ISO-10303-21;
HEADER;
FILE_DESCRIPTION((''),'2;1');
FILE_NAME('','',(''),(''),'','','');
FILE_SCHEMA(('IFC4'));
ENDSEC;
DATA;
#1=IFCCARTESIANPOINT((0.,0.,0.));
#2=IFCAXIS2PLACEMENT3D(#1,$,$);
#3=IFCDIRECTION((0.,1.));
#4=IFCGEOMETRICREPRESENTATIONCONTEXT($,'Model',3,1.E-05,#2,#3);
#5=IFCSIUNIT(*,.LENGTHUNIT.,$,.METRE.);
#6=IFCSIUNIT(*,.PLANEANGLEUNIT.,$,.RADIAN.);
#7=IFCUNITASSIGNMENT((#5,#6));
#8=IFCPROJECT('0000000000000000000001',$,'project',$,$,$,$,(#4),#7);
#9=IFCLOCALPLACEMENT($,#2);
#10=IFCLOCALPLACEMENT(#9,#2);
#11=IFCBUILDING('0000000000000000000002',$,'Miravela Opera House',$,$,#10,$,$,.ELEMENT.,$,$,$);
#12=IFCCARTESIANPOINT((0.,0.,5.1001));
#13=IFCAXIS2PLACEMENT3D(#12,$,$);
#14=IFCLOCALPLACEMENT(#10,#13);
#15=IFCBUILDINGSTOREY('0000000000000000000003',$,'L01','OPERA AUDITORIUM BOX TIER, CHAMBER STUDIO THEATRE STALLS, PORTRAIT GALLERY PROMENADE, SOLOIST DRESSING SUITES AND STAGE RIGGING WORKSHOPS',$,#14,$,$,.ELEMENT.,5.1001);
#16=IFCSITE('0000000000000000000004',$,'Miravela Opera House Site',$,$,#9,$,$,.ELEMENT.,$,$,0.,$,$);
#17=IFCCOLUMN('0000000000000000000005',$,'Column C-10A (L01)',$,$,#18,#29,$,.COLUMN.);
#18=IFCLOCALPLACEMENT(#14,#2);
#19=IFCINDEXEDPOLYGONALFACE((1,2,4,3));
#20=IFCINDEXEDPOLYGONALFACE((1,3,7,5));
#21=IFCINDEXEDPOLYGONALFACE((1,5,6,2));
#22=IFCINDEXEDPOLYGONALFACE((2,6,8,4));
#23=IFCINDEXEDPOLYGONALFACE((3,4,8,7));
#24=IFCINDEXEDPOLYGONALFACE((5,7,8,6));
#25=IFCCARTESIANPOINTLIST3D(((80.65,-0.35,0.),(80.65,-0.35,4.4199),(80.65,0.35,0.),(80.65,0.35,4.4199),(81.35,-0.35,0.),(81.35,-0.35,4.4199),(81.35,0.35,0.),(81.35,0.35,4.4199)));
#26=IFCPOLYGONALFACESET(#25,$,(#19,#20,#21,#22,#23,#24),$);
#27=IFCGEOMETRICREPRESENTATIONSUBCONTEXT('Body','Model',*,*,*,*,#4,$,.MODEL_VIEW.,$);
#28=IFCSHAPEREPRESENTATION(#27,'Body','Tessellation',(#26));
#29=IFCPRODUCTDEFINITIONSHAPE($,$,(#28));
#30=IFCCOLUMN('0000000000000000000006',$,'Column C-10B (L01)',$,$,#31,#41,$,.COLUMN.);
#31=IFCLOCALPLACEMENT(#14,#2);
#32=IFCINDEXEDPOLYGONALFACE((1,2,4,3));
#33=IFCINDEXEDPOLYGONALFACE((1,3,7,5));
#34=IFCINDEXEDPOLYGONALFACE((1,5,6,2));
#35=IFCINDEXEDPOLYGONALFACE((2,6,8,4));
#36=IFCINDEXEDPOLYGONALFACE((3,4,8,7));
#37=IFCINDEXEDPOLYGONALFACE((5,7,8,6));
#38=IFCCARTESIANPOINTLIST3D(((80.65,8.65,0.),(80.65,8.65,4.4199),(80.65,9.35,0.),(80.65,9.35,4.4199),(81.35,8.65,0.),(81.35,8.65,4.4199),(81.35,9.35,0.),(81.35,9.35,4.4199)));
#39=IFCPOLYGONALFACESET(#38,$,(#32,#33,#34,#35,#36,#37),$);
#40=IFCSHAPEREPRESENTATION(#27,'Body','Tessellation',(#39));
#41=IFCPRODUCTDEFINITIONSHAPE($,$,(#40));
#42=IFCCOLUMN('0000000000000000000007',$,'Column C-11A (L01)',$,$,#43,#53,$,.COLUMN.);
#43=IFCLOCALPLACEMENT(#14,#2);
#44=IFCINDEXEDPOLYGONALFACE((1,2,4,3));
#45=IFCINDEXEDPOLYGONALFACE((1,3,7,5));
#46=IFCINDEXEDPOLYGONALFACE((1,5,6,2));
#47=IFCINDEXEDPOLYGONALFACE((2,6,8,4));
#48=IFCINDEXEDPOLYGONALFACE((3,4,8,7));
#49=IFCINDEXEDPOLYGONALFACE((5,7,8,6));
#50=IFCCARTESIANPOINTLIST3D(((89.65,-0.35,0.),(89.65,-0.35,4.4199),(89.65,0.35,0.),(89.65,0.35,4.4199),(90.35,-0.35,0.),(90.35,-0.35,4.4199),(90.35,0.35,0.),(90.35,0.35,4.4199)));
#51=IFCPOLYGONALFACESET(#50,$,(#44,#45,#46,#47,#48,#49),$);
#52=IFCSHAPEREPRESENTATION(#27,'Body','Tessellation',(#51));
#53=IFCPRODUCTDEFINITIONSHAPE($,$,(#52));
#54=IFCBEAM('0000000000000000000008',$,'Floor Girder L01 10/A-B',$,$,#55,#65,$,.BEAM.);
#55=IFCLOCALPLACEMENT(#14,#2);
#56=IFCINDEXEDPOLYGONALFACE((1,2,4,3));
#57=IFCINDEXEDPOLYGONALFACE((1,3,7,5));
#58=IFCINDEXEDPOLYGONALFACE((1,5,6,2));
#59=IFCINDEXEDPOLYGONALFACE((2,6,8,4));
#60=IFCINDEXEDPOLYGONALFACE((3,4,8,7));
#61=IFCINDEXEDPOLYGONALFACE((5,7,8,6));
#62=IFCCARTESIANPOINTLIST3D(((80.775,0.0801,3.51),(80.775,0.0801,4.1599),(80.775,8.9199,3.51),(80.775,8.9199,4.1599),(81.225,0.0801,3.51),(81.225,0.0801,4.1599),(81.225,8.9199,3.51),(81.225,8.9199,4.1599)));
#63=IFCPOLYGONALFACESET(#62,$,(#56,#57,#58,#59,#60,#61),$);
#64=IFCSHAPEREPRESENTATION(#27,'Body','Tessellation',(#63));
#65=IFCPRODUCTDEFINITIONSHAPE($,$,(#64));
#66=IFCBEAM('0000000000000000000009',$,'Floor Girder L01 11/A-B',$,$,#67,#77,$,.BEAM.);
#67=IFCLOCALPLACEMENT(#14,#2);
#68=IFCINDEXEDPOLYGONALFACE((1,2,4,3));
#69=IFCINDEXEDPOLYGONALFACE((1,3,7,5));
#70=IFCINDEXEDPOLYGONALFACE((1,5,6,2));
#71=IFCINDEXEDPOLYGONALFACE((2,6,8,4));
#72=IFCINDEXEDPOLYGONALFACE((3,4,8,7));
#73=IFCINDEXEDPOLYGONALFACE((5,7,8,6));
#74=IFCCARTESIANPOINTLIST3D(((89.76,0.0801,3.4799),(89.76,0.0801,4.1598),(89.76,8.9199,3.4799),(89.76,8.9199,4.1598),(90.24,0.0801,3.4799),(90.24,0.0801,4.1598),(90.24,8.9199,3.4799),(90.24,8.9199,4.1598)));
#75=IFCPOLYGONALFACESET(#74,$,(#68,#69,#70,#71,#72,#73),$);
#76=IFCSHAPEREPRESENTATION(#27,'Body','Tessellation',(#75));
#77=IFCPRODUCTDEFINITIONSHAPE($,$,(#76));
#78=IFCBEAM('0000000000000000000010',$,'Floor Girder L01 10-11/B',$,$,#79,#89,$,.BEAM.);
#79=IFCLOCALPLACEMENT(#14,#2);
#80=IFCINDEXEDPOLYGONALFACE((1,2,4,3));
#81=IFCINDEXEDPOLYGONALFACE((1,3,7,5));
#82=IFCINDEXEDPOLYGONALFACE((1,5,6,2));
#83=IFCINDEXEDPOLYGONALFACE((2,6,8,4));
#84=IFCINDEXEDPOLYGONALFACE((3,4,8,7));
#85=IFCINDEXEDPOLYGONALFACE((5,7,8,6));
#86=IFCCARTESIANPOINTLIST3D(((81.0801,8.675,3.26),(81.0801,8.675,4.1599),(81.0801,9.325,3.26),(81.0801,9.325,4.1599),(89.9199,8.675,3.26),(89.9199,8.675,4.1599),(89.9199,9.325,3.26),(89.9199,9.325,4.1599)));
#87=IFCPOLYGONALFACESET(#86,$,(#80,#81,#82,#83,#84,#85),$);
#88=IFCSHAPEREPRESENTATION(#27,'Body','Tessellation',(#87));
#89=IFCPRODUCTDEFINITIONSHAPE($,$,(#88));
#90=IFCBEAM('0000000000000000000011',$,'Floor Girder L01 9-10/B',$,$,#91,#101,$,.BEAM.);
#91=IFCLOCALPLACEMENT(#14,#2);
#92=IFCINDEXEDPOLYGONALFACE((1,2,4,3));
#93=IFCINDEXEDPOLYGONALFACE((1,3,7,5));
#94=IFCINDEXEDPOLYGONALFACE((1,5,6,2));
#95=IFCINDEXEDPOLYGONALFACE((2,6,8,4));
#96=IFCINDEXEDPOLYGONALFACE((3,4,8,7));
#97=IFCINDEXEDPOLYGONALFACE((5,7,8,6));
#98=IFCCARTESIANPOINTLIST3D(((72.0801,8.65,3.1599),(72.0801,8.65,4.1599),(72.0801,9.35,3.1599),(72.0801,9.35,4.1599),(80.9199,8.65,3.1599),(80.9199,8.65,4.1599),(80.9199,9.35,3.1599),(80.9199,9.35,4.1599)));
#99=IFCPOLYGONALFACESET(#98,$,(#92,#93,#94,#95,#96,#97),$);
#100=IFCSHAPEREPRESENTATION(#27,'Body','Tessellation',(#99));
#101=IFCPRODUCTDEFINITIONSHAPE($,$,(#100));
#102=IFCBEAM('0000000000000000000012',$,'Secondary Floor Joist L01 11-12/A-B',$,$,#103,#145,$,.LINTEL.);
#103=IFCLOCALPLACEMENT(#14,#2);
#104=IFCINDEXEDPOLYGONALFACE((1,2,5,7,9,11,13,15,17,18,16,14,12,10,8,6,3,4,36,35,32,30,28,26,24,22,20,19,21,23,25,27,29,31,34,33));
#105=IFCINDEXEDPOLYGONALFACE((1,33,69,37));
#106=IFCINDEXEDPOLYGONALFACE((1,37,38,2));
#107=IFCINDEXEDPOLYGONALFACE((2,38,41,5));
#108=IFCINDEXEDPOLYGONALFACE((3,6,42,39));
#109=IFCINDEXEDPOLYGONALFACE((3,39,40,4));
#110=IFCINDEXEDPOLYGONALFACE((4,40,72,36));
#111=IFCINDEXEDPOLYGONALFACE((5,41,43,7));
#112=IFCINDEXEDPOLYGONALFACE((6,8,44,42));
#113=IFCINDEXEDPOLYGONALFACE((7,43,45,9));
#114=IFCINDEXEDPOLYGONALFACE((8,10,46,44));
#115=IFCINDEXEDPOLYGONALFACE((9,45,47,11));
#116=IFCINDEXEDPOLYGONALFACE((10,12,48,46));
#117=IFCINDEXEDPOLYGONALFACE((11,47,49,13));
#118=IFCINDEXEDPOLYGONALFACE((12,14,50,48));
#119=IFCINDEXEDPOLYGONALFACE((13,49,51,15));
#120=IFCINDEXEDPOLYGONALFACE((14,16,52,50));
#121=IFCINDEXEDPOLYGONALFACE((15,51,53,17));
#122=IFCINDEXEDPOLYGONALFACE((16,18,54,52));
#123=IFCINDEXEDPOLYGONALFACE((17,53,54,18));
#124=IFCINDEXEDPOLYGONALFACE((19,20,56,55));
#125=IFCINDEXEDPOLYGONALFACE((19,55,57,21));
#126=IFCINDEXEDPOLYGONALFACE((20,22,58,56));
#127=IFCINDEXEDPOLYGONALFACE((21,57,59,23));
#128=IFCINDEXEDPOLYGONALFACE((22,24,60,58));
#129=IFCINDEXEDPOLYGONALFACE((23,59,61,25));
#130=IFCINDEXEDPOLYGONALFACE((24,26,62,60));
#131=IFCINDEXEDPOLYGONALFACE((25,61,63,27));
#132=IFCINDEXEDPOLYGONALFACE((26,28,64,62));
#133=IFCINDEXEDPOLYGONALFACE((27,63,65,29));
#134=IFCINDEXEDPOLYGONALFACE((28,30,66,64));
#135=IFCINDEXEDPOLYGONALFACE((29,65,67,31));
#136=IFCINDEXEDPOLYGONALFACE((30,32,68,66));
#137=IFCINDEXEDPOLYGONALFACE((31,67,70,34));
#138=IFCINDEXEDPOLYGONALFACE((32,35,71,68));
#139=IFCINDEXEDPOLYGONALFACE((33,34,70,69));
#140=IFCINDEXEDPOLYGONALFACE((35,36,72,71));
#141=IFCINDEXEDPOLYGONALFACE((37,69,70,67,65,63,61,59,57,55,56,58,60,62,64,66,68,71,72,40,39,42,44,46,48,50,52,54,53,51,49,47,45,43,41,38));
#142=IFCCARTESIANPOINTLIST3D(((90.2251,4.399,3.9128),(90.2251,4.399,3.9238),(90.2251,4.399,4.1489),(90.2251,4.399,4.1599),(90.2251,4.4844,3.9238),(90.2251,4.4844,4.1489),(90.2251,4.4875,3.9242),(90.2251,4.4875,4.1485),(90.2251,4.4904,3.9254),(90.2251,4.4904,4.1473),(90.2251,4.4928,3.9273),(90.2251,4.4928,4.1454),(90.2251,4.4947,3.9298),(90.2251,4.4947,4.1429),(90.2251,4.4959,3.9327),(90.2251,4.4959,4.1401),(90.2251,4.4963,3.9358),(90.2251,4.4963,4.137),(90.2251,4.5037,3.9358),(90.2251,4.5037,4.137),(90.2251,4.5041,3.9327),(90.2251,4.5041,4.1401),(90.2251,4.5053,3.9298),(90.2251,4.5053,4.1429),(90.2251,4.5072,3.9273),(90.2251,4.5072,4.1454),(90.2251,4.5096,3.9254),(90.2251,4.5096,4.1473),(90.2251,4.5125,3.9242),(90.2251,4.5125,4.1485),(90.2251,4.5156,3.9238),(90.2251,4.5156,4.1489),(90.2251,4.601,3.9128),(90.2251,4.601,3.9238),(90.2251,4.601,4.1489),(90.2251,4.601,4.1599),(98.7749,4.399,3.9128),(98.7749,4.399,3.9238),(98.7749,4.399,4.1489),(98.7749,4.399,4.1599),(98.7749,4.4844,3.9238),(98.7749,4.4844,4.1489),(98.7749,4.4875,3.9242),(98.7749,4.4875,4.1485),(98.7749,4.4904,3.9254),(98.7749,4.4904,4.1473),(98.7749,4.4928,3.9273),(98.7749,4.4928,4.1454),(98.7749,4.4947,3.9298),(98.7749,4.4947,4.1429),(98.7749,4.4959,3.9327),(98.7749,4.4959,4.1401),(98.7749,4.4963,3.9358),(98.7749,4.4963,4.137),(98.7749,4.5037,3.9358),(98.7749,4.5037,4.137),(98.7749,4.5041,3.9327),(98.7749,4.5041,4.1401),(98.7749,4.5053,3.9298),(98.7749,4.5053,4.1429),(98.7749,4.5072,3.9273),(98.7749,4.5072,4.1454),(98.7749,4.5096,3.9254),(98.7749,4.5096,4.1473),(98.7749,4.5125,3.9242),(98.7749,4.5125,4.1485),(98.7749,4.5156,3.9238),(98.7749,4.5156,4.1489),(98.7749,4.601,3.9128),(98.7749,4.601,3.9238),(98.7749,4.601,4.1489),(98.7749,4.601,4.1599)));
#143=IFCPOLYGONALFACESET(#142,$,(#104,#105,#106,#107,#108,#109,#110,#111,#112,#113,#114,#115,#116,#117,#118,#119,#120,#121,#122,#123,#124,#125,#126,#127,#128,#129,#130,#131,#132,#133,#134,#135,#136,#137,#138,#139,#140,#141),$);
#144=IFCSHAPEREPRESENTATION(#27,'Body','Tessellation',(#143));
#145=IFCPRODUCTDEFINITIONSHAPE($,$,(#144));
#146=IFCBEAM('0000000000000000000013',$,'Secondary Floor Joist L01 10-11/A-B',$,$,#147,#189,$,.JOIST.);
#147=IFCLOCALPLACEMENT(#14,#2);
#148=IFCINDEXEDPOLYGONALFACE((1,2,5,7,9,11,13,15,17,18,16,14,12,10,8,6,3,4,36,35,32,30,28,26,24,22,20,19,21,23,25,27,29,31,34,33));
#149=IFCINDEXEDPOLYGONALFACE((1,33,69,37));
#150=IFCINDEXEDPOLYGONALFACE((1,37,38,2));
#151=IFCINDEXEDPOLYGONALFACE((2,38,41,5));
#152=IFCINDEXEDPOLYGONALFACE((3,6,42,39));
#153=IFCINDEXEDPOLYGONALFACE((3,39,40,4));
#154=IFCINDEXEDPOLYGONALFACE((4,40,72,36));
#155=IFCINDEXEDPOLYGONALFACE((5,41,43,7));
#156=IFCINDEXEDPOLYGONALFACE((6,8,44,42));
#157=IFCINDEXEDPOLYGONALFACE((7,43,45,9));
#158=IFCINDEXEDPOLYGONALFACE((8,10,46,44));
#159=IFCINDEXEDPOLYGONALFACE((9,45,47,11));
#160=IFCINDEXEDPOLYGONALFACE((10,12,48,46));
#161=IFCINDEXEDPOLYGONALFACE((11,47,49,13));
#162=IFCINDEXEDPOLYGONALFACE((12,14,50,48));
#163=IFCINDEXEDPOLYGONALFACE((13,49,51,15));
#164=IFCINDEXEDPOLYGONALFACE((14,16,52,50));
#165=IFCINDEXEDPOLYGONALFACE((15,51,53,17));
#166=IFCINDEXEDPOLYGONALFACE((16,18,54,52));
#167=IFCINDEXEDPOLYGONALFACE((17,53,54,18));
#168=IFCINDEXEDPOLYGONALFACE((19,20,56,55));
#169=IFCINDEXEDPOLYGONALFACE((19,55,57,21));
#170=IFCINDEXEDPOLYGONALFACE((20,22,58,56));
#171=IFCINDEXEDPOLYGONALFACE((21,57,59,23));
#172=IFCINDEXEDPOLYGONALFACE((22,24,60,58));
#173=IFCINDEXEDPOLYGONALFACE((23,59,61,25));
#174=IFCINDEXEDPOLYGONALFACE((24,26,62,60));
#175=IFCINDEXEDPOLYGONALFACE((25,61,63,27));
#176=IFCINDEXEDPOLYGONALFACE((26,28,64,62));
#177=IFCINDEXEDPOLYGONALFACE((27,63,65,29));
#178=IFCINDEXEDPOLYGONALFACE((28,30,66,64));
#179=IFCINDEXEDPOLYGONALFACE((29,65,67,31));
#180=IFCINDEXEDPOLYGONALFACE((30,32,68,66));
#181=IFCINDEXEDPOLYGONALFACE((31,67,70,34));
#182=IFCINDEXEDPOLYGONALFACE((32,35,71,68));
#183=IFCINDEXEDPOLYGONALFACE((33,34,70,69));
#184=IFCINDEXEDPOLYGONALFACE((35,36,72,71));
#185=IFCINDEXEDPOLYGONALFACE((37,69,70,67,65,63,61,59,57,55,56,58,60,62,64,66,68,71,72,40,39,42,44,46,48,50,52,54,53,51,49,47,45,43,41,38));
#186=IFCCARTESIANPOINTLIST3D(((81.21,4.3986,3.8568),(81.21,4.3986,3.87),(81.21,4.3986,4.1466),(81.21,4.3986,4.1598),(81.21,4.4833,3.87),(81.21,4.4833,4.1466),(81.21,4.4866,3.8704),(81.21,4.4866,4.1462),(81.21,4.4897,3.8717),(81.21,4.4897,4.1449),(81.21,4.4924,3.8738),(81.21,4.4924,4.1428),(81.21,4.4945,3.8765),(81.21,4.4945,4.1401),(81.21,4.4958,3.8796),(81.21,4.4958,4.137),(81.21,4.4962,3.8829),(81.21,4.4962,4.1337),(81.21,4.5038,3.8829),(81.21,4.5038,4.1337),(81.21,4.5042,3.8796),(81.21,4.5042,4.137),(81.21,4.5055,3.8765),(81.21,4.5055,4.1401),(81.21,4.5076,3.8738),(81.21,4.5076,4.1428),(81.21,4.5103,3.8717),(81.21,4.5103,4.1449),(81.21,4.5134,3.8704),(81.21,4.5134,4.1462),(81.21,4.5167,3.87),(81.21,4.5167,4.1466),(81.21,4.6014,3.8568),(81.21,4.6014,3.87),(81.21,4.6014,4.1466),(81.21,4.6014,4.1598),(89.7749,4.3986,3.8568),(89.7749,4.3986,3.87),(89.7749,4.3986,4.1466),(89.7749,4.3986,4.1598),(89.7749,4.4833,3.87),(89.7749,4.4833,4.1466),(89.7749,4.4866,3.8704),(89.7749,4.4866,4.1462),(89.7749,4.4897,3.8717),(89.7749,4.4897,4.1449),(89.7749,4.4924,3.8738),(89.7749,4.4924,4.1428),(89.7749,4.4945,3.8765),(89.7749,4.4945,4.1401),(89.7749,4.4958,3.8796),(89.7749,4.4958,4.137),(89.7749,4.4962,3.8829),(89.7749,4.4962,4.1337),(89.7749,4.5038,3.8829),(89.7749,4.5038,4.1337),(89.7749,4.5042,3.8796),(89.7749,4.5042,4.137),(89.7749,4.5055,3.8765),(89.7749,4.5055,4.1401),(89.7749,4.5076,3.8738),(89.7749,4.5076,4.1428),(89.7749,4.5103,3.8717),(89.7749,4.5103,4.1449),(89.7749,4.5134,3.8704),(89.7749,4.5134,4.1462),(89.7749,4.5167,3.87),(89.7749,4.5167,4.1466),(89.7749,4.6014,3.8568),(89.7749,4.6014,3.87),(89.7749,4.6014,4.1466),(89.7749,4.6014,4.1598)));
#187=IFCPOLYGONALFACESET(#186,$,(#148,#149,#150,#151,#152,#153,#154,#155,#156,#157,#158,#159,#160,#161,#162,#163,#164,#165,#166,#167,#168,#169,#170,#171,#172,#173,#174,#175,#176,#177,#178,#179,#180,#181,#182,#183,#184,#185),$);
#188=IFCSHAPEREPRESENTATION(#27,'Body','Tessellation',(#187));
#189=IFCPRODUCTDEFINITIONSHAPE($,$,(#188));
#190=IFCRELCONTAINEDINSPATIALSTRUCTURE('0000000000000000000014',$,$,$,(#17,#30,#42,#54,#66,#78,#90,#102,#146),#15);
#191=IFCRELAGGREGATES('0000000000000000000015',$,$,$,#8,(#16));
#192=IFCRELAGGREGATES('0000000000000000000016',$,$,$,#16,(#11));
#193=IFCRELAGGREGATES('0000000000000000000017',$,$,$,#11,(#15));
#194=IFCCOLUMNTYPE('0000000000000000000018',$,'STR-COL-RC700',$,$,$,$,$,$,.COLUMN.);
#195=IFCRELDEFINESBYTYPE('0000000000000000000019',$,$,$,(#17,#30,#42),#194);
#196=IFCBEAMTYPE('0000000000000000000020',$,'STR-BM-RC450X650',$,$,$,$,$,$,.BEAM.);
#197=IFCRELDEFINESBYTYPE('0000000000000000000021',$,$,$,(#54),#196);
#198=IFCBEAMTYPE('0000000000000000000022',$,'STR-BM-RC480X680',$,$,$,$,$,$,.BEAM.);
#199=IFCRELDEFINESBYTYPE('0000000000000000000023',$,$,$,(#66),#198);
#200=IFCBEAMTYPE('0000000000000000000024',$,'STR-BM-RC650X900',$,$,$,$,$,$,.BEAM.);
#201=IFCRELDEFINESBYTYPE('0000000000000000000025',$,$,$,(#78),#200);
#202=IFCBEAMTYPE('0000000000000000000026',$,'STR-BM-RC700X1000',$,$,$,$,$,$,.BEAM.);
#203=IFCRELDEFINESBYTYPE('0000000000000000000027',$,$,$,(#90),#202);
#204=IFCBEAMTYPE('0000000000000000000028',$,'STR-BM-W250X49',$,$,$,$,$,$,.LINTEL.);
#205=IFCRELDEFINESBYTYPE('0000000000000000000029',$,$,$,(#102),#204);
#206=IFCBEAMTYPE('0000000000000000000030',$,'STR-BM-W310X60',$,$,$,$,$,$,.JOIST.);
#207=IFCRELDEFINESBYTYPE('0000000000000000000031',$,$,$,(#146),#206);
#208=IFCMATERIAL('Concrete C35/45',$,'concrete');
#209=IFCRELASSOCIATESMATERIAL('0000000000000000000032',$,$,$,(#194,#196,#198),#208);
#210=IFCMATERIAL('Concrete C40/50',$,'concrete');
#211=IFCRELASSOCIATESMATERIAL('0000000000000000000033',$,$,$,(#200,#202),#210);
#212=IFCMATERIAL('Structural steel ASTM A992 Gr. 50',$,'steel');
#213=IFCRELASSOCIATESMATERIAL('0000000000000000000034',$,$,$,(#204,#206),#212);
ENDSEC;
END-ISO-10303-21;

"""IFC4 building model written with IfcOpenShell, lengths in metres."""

from ifc_helpers import new_model, si_unit, direction, frame, origin, origin_2d, place, context, subcontext, project, spatial, rectangle, i_section, extrude, material, material_profile, profile_set, type_object, element, save


model = new_model("IFC4")

# Units and contexts
model_context = context("Model", 3, precision=1e-05, world=origin(), true_north=direction((0.0, 1.0)))
body_context = subcontext(model_context, "Body", "Model", "MODEL_VIEW")
ifc_project = project(units=[si_unit("LENGTHUNIT", "METRE"), si_unit("PLANEANGLEUNIT", "RADIAN")], contexts=[model_context])

# Site, building, storey
site_placement = place(None, origin())
site = spatial("IfcSite", under=ifc_project, at=site_placement, Name="Miravela Opera House Site", CompositionType="ELEMENT", RefElevation=0.0)
building_placement = place(site_placement, origin())
building = spatial("IfcBuilding", under=site, at=building_placement, Name="Miravela Opera House", CompositionType="ELEMENT")
storey_placement = place(building_placement, frame((0.0, 0.0, 5.1001)))
storey = spatial("IfcBuildingStorey", under=building, at=storey_placement, Name="L01", Description="OPERA AUDITORIUM BOX TIER, CHAMBER STUDIO THEATRE STALLS, PORTRAIT GALLERY PROMENADE, SOLOIST DRESSING SUITES AND STAGE RIGGING WORKSHOPS", CompositionType="ELEMENT", Elevation=5.1001)

# Columns
ifc_material_1 = material(Name="Concrete C35/45", Category="concrete")
ifc_material_profile_1 = material_profile(ifc_material_1, rectangle(XDim=0.7, YDim=0.7, at=origin_2d()), Name="RC-COL-700X700")
ifc_profile_set_1 = profile_set([ifc_material_profile_1])
column_type = type_object("IfcColumnType", Name="STR-COL-RC700", PredefinedType="COLUMN", material=ifc_profile_set_1)
for number, where, z_axis, x_axis, name in (
    (1, (81.0, 0.0, 0.0), (0.0, 0.0, 1.0), (1.0, 0.0, 0.0), "Column C-10A (L01)"),
    (2, (81.0, 9.0, 0.0), (0.0, 0.0, 1.0), (1.0, 0.0, 0.0), "Column C-10B (L01)"),
    (3, (90.0, 0.0, 0.0), (0.0, 0.0, 1.0), (1.0, 0.0, 0.0), "Column C-11A (L01)"),
):
    element("IfcColumn", number, at=place(storey_placement, frame(where, z_axis=z_axis, x_axis=x_axis)), inside=storey, type_object=column_type, Name=name, PredefinedType="COLUMN", context=body_context, shape_type="SweptSolid", body=[
        extrude(rectangle(XDim=0.7, YDim=0.7, at=origin_2d()), origin(), (0.0, 0.0, 1.0), 4.4199),
    ])

# Beams
ifc_material_profile_2 = material_profile(ifc_material_1, rectangle(XDim=0.45, YDim=0.6499, at=origin_2d()), Name="RC-BM-450X650")
ifc_profile_set_2 = profile_set([ifc_material_profile_2])
beam_type_1 = type_object("IfcBeamType", Name="STR-BM-RC450X650", PredefinedType="BEAM", material=ifc_profile_set_2)
beam_1_placement = place(storey_placement, frame((81.0, 0.0801, 3.835), z_axis=(0.0, 1.0, 0.0), x_axis=(-1.0, 0.0, 0.0)))
element("IfcBeam", 4, at=beam_1_placement, inside=storey, type_object=beam_type_1, Name="Floor Girder L01 10/A-B", PredefinedType="BEAM", context=body_context, shape_type="SweptSolid", body=[
    extrude(rectangle(XDim=0.45, YDim=0.6499, at=origin_2d()), origin(), (0.0, 0.0, 1.0), 8.8398),
])
ifc_material_profile_3 = material_profile(ifc_material_1, rectangle(XDim=0.48, YDim=0.6799, at=origin_2d()), Name="RC-BM-480X680")
ifc_profile_set_3 = profile_set([ifc_material_profile_3])
beam_type_2 = type_object("IfcBeamType", Name="STR-BM-RC480X680", PredefinedType="BEAM", material=ifc_profile_set_3)
beam_2_placement = place(storey_placement, frame((90.0, 0.0801, 3.8198), z_axis=(0.0, 1.0, 0.0), x_axis=(-1.0, 0.0, 0.0)))
element("IfcBeam", 5, at=beam_2_placement, inside=storey, type_object=beam_type_2, Name="Floor Girder L01 11/A-B", PredefinedType="BEAM", context=body_context, shape_type="SweptSolid", body=[
    extrude(rectangle(XDim=0.48, YDim=0.6799, at=origin_2d()), origin(), (0.0, 0.0, 1.0), 8.8398),
])
ifc_material_2 = material(Name="Concrete C40/50", Category="concrete")
ifc_material_profile_4 = material_profile(ifc_material_2, rectangle(XDim=0.6499, YDim=0.8999, at=origin_2d()), Name="RC-BM-650X900")
ifc_profile_set_4 = profile_set([ifc_material_profile_4])
beam_type_3 = type_object("IfcBeamType", Name="STR-BM-RC650X900", PredefinedType="BEAM", material=ifc_profile_set_4)
beam_3_placement = place(storey_placement, frame((81.0801, 9.0, 3.71), z_axis=(1.0, 0.0, 0.0), x_axis=(0.0, 1.0, 0.0)))
element("IfcBeam", 6, at=beam_3_placement, inside=storey, type_object=beam_type_3, Name="Floor Girder L01 10-11/B", PredefinedType="BEAM", context=body_context, shape_type="SweptSolid", body=[
    extrude(rectangle(XDim=0.6499, YDim=0.8999, at=origin_2d()), origin(), (0.0, 0.0, 1.0), 8.8398),
])
ifc_material_profile_5 = material_profile(ifc_material_2, rectangle(XDim=0.7, YDim=1.0, at=origin_2d()), Name="RC-BM-700X1000")
ifc_profile_set_5 = profile_set([ifc_material_profile_5])
beam_type_4 = type_object("IfcBeamType", Name="STR-BM-RC700X1000", PredefinedType="BEAM", material=ifc_profile_set_5)
beam_4_placement = place(storey_placement, frame((72.0801, 9.0, 3.6599), z_axis=(1.0, 0.0, 0.0), x_axis=(0.0, 1.0, 0.0)))
element("IfcBeam", 7, at=beam_4_placement, inside=storey, type_object=beam_type_4, Name="Floor Girder L01 9-10/B", PredefinedType="BEAM", context=body_context, shape_type="SweptSolid", body=[
    extrude(rectangle(XDim=0.7, YDim=1.0, at=origin_2d()), origin(), (0.0, 0.0, 1.0), 8.8398),
])
ifc_material_3 = material(Name="Structural steel ASTM A992 Gr. 50", Category="steel")
ifc_material_profile_6 = material_profile(ifc_material_3, i_section(OverallWidth=0.2019, OverallDepth=0.2471, WebThickness=0.0073, FlangeThickness=0.011, FilletRadius=0.012, at=origin_2d()), Name="W250X49")
ifc_profile_set_6 = profile_set([ifc_material_profile_6])
beam_type_5 = type_object("IfcBeamType", Name="STR-BM-W250X49", PredefinedType="LINTEL", material=ifc_profile_set_6)
beam_5_placement = place(storey_placement, frame((90.2251, 4.5, 4.0364), z_axis=(1.0, 0.0, 0.0), x_axis=(0.0, 1.0, 0.0)))
element("IfcBeam", 8, at=beam_5_placement, inside=storey, type_object=beam_type_5, Name="Secondary Floor Joist L01 11-12/A-B", PredefinedType="LINTEL", context=body_context, shape_type="SweptSolid", body=[
    extrude(i_section(OverallWidth=0.2019, OverallDepth=0.2471, WebThickness=0.0073, FlangeThickness=0.011, FilletRadius=0.012, at=origin_2d()), origin(), (0.0, 0.0, 1.0), 8.5498),
])
ifc_material_profile_7 = material_profile(ifc_material_3, i_section(OverallWidth=0.2029, OverallDepth=0.303, WebThickness=0.0076, FlangeThickness=0.0132, FilletRadius=0.0129, at=origin_2d()), Name="W310X60")
ifc_profile_set_7 = profile_set([ifc_material_profile_7])
beam_type_6 = type_object("IfcBeamType", Name="STR-BM-W310X60", PredefinedType="JOIST", material=ifc_profile_set_7)
beam_6_placement = place(storey_placement, frame((81.21, 4.5, 4.0083), z_axis=(1.0, 0.0, 0.0), x_axis=(0.0, 1.0, 0.0)))
element("IfcBeam", 9, at=beam_6_placement, inside=storey, type_object=beam_type_6, Name="Secondary Floor Joist L01 10-11/A-B", PredefinedType="JOIST", context=body_context, shape_type="SweptSolid", body=[
    extrude(i_section(OverallWidth=0.2029, OverallDepth=0.303, WebThickness=0.0076, FlangeThickness=0.0132, FilletRadius=0.0129, at=origin_2d()), origin(), (0.0, 0.0, 1.0), 8.5649),
])

save(model, "model.ifc")
